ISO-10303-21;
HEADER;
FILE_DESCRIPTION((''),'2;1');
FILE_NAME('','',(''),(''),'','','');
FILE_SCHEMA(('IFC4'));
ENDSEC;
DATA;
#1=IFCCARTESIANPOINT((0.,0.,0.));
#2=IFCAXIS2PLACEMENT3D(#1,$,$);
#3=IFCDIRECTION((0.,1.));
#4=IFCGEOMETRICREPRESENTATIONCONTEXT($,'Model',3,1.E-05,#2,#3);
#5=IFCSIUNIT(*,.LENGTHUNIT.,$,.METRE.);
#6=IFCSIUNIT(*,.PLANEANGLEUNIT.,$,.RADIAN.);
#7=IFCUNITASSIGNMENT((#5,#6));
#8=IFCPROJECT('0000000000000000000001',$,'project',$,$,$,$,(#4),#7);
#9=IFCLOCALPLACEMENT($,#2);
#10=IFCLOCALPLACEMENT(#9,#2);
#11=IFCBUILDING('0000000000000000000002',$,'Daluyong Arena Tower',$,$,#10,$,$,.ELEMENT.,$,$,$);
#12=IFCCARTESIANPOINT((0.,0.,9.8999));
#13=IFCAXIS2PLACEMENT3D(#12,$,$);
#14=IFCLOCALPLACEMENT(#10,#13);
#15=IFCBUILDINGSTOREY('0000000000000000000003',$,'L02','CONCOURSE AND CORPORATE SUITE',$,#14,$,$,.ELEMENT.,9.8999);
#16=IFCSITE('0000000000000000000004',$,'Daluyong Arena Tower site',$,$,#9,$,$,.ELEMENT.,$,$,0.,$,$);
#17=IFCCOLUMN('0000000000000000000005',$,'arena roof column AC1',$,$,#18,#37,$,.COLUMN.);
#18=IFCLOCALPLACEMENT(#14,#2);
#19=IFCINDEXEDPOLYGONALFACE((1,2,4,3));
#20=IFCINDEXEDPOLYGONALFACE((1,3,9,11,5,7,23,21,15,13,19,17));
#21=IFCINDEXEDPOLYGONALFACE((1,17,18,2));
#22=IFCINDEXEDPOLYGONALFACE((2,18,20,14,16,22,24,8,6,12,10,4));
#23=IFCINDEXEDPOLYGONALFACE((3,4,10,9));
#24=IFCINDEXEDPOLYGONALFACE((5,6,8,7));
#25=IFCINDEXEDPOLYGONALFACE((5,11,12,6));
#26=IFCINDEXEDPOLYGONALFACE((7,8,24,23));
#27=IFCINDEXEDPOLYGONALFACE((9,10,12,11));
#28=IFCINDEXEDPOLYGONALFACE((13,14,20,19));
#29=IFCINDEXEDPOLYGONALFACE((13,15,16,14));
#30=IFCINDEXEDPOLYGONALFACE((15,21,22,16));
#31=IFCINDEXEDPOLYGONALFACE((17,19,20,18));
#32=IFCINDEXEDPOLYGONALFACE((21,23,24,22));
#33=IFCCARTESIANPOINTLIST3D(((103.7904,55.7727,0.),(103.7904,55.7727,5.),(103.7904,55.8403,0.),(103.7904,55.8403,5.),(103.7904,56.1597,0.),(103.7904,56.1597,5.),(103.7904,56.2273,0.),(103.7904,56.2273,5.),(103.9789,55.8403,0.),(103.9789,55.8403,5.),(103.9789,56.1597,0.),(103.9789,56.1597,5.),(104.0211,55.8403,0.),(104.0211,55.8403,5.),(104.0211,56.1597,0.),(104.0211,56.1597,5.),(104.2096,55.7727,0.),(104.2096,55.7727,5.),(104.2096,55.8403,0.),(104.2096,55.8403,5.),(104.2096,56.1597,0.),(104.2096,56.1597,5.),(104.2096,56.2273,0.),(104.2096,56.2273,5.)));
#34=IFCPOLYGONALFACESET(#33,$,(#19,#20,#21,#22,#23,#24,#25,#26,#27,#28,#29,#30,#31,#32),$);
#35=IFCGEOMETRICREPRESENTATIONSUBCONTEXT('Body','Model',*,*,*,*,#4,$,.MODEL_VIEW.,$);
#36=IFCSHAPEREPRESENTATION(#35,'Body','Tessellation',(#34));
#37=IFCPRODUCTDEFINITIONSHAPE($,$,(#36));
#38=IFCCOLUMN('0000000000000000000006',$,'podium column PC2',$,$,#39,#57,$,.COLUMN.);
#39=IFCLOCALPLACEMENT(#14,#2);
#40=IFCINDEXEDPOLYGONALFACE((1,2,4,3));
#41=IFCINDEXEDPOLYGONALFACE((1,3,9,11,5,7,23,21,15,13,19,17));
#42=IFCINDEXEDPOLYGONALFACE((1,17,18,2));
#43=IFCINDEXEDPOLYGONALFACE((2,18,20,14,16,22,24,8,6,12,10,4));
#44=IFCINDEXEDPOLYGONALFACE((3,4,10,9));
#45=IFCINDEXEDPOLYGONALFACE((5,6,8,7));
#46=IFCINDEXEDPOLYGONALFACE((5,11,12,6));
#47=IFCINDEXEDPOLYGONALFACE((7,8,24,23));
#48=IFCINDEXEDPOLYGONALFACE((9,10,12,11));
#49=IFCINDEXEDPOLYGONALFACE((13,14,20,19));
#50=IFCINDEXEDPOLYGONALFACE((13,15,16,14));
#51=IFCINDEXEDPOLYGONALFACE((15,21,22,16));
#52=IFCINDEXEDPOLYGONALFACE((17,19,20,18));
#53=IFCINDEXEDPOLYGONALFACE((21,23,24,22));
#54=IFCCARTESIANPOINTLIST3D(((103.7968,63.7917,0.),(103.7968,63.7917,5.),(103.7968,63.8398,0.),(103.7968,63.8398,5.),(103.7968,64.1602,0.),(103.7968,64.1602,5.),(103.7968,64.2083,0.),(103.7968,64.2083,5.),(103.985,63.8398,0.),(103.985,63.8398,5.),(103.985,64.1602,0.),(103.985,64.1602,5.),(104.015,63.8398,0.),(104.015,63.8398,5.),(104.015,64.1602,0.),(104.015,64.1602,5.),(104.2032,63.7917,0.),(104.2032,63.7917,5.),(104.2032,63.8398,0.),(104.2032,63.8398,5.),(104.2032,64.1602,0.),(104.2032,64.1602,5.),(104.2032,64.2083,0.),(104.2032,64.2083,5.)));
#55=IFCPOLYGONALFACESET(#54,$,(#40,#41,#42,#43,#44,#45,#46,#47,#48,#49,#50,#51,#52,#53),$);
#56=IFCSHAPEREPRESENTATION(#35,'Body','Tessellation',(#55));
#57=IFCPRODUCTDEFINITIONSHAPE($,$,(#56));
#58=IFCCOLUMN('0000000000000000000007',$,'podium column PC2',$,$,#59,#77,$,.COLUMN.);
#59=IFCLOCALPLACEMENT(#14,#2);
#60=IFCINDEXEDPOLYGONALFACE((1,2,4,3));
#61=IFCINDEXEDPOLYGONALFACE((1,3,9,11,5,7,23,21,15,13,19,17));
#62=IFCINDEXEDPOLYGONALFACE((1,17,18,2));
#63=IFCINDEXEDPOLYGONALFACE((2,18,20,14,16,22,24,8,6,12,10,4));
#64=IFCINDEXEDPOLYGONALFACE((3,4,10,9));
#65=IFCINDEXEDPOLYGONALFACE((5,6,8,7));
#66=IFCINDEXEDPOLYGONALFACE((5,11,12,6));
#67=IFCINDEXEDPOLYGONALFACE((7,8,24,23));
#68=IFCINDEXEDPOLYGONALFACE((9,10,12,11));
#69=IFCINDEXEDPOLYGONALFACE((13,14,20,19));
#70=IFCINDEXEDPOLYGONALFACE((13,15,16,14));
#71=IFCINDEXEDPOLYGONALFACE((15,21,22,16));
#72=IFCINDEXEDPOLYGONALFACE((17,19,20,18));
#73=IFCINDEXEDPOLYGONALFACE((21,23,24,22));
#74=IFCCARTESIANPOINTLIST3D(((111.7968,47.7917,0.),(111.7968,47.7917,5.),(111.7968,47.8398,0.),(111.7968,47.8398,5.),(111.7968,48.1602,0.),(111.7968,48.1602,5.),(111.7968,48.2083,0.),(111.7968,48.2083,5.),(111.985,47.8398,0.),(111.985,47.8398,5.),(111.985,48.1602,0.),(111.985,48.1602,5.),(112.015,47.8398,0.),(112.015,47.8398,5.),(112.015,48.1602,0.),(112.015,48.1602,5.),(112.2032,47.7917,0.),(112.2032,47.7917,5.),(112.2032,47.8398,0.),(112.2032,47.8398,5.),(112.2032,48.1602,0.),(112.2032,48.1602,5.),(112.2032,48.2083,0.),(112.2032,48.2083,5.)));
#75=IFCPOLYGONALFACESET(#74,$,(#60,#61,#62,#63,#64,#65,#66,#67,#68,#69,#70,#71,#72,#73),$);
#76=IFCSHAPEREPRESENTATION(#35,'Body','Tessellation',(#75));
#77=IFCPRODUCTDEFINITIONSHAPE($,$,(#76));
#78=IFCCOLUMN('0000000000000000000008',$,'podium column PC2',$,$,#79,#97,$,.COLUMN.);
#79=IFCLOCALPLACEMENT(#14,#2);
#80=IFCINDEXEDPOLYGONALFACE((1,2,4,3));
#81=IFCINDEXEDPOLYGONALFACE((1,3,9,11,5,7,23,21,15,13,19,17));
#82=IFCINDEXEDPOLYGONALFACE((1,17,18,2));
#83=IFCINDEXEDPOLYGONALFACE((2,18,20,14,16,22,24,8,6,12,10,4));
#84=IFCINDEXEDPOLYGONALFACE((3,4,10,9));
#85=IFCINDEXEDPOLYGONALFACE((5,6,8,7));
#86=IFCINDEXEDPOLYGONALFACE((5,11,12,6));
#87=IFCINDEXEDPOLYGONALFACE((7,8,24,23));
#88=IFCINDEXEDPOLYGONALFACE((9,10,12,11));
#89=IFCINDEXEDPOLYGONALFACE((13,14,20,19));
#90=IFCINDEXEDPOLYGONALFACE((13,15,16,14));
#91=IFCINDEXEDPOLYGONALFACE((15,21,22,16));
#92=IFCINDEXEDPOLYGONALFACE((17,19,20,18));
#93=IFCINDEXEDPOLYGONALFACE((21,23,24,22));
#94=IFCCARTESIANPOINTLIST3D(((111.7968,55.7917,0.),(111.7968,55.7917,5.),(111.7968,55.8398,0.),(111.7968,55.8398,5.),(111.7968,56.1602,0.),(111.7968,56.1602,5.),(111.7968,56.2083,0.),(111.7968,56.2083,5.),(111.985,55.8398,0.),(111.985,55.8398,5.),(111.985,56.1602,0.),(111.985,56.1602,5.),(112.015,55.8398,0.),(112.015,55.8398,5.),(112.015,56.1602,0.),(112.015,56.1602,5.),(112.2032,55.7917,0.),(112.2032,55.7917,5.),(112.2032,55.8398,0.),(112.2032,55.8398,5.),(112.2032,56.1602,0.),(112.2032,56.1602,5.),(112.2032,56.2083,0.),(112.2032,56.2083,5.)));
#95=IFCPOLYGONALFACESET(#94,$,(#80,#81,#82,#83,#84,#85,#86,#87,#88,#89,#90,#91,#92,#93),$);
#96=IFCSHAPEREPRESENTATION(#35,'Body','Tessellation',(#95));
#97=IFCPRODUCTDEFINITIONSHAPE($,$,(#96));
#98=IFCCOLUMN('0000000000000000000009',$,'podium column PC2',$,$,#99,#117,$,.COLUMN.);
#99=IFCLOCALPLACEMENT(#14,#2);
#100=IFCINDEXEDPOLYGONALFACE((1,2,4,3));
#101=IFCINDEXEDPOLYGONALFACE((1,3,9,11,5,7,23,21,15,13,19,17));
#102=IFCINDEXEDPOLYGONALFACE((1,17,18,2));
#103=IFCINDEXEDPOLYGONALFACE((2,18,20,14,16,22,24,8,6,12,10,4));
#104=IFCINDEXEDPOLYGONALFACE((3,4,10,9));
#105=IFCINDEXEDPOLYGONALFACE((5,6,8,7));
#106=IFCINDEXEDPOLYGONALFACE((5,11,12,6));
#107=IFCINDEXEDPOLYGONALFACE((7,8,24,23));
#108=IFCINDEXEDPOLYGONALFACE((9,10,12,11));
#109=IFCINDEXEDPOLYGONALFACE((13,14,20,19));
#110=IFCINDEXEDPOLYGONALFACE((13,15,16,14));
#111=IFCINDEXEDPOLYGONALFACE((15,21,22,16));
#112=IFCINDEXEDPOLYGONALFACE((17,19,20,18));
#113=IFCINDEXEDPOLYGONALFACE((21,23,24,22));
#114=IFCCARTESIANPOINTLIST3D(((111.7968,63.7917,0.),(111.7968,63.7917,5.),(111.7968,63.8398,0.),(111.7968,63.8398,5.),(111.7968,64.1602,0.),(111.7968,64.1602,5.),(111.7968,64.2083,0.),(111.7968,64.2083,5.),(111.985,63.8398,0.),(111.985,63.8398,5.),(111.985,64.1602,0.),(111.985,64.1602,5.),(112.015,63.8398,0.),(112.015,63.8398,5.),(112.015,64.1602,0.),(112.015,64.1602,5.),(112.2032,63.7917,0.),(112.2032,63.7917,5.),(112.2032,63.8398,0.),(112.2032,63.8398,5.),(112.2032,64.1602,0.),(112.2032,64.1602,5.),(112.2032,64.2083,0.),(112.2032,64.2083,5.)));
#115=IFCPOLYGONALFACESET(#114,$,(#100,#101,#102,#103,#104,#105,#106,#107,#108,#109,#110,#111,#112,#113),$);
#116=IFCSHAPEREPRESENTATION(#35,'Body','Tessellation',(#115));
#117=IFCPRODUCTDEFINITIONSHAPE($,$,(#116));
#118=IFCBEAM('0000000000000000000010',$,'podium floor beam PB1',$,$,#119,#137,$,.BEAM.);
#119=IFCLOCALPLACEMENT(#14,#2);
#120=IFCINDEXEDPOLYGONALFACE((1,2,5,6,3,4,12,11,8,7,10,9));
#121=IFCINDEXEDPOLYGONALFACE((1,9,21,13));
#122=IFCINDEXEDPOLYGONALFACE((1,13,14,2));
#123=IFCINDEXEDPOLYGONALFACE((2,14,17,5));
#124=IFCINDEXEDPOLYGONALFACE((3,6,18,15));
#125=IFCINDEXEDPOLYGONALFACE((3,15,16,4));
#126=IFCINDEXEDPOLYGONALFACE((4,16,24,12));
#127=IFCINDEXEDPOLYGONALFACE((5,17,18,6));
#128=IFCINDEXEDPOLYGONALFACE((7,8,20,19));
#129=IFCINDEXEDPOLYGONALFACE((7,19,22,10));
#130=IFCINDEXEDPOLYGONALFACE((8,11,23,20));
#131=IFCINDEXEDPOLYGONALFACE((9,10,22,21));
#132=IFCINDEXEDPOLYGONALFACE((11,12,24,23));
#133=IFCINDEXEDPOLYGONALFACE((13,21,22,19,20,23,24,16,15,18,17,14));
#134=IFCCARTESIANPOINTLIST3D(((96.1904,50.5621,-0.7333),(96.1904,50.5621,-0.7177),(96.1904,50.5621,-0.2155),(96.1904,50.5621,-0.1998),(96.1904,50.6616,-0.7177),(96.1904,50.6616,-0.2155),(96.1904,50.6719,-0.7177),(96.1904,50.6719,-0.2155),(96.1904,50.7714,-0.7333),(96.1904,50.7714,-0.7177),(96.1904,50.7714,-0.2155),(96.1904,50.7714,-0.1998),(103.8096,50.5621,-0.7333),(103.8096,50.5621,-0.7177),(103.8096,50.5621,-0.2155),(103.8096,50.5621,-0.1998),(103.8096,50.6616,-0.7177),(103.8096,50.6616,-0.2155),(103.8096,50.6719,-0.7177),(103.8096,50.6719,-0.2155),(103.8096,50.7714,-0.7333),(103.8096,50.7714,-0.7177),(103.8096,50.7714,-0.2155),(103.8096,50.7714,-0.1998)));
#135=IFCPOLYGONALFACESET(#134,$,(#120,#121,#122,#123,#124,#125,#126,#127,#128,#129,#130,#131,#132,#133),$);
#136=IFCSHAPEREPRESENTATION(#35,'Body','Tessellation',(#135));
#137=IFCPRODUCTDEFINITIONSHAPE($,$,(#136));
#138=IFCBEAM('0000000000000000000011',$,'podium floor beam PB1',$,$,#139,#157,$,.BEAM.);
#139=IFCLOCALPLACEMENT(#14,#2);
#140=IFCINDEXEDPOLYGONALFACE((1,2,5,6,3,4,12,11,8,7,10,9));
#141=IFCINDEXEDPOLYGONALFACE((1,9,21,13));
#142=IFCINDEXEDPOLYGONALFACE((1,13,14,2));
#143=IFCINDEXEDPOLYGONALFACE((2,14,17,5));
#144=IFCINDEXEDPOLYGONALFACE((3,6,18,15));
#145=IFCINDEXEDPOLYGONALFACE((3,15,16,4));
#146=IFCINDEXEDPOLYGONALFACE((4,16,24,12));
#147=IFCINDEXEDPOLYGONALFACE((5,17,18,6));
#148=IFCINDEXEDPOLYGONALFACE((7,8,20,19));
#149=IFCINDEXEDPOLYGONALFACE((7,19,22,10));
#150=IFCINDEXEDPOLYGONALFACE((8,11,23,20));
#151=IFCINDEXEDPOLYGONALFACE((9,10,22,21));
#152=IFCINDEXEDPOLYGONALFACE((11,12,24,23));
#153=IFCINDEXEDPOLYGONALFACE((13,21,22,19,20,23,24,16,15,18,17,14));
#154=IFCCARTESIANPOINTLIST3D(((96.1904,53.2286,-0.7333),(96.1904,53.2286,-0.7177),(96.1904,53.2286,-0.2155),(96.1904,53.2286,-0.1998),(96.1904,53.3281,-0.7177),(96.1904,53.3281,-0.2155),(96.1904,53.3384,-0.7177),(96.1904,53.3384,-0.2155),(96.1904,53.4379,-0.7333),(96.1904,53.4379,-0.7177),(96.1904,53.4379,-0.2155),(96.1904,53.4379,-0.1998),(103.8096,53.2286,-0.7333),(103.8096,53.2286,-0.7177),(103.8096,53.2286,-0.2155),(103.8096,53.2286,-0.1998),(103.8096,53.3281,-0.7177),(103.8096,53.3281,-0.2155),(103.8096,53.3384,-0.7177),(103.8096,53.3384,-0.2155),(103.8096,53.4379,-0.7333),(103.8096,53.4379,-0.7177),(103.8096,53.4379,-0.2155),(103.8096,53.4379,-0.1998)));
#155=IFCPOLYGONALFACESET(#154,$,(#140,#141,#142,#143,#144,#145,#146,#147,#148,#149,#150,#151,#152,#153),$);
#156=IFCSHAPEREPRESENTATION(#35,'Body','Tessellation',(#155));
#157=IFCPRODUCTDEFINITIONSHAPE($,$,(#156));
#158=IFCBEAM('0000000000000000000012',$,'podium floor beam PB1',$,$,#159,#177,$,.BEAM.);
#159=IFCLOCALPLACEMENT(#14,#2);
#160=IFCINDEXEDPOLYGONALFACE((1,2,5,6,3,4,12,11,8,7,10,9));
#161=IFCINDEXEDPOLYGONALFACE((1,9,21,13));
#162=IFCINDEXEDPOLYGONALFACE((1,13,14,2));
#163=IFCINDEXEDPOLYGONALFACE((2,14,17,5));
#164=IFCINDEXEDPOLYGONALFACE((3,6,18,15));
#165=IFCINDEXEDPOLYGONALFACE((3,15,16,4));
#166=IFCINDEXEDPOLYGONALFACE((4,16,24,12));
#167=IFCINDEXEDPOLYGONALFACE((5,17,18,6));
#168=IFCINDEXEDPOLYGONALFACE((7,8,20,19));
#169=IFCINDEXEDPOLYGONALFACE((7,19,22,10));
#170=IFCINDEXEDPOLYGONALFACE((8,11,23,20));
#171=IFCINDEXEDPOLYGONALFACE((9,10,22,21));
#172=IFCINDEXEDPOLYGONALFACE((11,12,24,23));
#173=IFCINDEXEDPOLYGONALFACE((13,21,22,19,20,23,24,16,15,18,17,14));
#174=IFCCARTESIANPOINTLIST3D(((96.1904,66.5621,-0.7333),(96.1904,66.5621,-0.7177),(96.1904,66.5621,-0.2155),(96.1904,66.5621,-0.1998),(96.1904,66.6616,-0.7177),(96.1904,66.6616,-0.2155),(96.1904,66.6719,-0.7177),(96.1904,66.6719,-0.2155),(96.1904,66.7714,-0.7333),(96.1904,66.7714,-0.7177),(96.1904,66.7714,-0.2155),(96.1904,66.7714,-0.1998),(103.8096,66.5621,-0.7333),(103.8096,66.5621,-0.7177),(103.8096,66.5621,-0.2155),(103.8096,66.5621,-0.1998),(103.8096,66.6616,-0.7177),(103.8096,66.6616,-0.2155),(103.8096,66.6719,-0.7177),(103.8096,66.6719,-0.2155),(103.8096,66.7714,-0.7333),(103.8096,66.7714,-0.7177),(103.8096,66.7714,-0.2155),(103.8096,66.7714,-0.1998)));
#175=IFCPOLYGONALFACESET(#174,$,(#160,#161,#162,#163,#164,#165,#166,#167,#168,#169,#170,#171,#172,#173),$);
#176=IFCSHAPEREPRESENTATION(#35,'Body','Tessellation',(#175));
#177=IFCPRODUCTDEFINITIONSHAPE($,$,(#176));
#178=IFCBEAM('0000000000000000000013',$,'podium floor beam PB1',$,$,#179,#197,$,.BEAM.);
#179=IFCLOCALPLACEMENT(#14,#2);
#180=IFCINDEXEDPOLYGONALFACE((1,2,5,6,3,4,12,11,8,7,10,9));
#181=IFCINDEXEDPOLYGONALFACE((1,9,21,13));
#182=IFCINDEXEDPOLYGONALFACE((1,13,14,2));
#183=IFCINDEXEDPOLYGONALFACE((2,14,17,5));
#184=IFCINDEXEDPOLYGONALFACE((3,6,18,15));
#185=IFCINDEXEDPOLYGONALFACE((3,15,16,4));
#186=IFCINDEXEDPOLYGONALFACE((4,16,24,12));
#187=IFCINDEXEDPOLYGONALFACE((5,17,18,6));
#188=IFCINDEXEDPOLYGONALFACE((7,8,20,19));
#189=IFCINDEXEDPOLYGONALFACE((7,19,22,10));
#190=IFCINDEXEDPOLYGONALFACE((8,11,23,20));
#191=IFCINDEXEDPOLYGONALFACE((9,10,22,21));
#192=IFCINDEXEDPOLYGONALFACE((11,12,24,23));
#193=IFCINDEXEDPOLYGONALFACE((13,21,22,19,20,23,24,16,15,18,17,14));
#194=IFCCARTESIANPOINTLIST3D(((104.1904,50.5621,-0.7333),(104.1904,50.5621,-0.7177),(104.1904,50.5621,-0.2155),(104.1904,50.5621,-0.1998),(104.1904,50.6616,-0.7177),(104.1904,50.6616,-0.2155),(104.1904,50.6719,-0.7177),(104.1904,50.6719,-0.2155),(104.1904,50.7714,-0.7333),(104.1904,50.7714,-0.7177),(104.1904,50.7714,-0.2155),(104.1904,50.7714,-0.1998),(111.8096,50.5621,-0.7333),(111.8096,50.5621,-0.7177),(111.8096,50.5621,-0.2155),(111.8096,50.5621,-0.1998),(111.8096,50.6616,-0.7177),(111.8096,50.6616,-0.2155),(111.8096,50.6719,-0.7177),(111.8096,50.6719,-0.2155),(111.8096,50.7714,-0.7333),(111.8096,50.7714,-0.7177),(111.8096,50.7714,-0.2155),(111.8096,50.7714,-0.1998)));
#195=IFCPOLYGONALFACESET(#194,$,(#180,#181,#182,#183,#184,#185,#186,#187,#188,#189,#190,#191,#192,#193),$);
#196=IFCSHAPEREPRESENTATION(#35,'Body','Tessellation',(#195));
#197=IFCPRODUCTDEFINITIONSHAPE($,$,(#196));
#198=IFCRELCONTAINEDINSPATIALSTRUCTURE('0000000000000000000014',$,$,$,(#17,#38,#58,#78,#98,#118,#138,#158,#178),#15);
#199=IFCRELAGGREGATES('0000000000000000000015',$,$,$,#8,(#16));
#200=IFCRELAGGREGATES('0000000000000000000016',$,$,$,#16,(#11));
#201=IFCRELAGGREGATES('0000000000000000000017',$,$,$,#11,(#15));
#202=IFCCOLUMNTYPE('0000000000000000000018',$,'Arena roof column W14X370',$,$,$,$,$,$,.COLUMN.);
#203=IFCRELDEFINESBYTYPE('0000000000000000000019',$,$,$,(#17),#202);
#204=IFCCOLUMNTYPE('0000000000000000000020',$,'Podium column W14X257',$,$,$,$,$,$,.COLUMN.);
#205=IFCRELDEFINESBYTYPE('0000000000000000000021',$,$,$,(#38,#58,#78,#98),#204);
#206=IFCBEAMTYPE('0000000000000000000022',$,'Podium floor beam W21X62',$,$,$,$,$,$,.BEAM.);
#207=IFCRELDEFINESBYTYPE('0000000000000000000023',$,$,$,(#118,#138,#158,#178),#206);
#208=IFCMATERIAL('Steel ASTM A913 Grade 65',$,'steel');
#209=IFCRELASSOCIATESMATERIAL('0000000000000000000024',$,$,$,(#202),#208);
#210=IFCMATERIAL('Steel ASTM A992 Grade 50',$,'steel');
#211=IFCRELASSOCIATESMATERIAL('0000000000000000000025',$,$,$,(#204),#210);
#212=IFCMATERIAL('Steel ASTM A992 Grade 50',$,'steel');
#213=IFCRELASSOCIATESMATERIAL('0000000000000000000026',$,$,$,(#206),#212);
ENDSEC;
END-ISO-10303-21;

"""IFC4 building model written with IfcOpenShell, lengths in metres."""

from ifc_helpers import new_model, si_unit, direction, frame, origin, origin_2d, place, context, subcontext, project, spatial, i_section, extrude, material, material_profile, profile_set, type_object, element, save


model = new_model("IFC4")

# Units and contexts
model_context = context("Model", 3, precision=1e-05, world=origin(), true_north=direction((0.0, 1.0)))
body_context = subcontext(model_context, "Body", "Model", "MODEL_VIEW")
ifc_project = project(units=[si_unit("LENGTHUNIT", "METRE"), si_unit("PLANEANGLEUNIT", "RADIAN")], contexts=[model_context])

# Site, building, storey
site_placement = place(None, origin())
site = spatial("IfcSite", under=ifc_project, at=site_placement, Name="Daluyong Arena Tower site", CompositionType="ELEMENT", RefElevation=0.0)
building_placement = place(site_placement, origin())
building = spatial("IfcBuilding", under=site, at=building_placement, Name="Daluyong Arena Tower", CompositionType="ELEMENT")
storey_placement = place(building_placement, frame((0.0, 0.0, 9.8999)))
storey = spatial("IfcBuildingStorey", under=building, at=storey_placement, Name="L02", Description="CONCOURSE AND CORPORATE SUITE", CompositionType="ELEMENT", Elevation=9.8999)

# Columns
ifc_material_1 = material(Name="Steel ASTM A913 Grade 65", Category="steel")
ifc_material_profile_1 = material_profile(ifc_material_1, i_section(OverallWidth=0.4192, OverallDepth=0.4546, WebThickness=0.0422, FlangeThickness=0.0676, at=origin_2d()))
ifc_profile_set_1 = profile_set([ifc_material_profile_1], Name="Steel ASTM A913 Grade 65")
column_type_1 = type_object("IfcColumnType", Name="Arena roof column W14X370", PredefinedType="COLUMN", material=ifc_profile_set_1)
column_placement = place(storey_placement, frame((104.0, 56.0, 0.0), z_axis=(0.0, 0.0, 1.0), x_axis=(1.0, 0.0, 0.0)))
element("IfcColumn", 1, at=column_placement, inside=storey, type_object=column_type_1, Name="arena roof column AC1", PredefinedType="COLUMN", context=body_context, shape_type="SweptSolid", body=[
    extrude(i_section(OverallWidth=0.4192, OverallDepth=0.4546, WebThickness=0.0422, FlangeThickness=0.0676, at=origin_2d()), origin(), (0.0, 0.0, 1.0), 5.0),
])
ifc_material_2 = material(Name="Steel ASTM A992 Grade 50", Category="steel")
ifc_material_profile_2 = material_profile(ifc_material_2, i_section(OverallWidth=0.4065, OverallDepth=0.4165, WebThickness=0.03, FlangeThickness=0.0481, at=origin_2d()))
ifc_profile_set_2 = profile_set([ifc_material_profile_2], Name="Steel ASTM A992 Grade 50")
column_type_2 = type_object("IfcColumnType", Name="Podium column W14X257", PredefinedType="COLUMN", material=ifc_profile_set_2)
for number, where, z_axis, x_axis, name in (
    (2, (104.0, 64.0, 0.0), (0.0, 0.0, 1.0), (1.0, 0.0, 0.0), "podium column PC2"),
    (3, (112.0, 48.0, 0.0), (0.0, 0.0, 1.0), (1.0, 0.0, 0.0), "podium column PC2"),
    (4, (112.0, 56.0, 0.0), (0.0, 0.0, 1.0), (1.0, 0.0, 0.0), "podium column PC2"),
    (5, (112.0, 64.0, 0.0), (0.0, 0.0, 1.0), (1.0, 0.0, 0.0), "podium column PC2"),
):
    element("IfcColumn", number, at=place(storey_placement, frame(where, z_axis=z_axis, x_axis=x_axis)), inside=storey, type_object=column_type_2, Name=name, PredefinedType="COLUMN", context=body_context, shape_type="SweptSolid", body=[
        extrude(i_section(OverallWidth=0.4065, OverallDepth=0.4165, WebThickness=0.03, FlangeThickness=0.0481, at=origin_2d()), origin(), (0.0, 0.0, 1.0), 5.0),
    ])

# Beams
ifc_material_3 = material(Name="Steel ASTM A992 Grade 50", Category="steel")
ifc_material_profile_3 = material_profile(ifc_material_3, i_section(OverallWidth=0.2092, OverallDepth=0.5334, WebThickness=0.0103, FlangeThickness=0.0156, at=origin_2d()))
ifc_profile_set_3 = profile_set([ifc_material_profile_3], Name="Steel ASTM A992 Grade 50")
beam_type_1 = type_object("IfcBeamType", Name="Podium floor beam W21X62", PredefinedType="BEAM", material=ifc_profile_set_3)
for number, where, z_axis, x_axis, name in (
    (6, (96.1904, 50.6667, -0.4666), (1.0, 0.0, 0.0), (0.0, 1.0, 0.0), "podium floor beam PB1"),
    (7, (96.1904, 53.3333, -0.4666), (1.0, 0.0, 0.0), (0.0, 1.0, 0.0), "podium floor beam PB1"),
    (8, (96.1904, 66.6667, -0.4666), (1.0, 0.0, 0.0), (0.0, 1.0, 0.0), "podium floor beam PB1"),
    (9, (104.1904, 50.6667, -0.4666), (1.0, 0.0, 0.0), (0.0, 1.0, 0.0), "podium floor beam PB1"),
):
    element("IfcBeam", number, at=place(storey_placement, frame(where, z_axis=z_axis, x_axis=x_axis)), inside=storey, type_object=beam_type_1, Name=name, PredefinedType="BEAM", context=body_context, shape_type="SweptSolid", body=[
        extrude(i_section(OverallWidth=0.2092, OverallDepth=0.5334, WebThickness=0.0103, FlangeThickness=0.0156, at=origin_2d()), origin(), (0.0, 0.0, 1.0), 7.6191),
    ])

save(model, "model.ifc")
